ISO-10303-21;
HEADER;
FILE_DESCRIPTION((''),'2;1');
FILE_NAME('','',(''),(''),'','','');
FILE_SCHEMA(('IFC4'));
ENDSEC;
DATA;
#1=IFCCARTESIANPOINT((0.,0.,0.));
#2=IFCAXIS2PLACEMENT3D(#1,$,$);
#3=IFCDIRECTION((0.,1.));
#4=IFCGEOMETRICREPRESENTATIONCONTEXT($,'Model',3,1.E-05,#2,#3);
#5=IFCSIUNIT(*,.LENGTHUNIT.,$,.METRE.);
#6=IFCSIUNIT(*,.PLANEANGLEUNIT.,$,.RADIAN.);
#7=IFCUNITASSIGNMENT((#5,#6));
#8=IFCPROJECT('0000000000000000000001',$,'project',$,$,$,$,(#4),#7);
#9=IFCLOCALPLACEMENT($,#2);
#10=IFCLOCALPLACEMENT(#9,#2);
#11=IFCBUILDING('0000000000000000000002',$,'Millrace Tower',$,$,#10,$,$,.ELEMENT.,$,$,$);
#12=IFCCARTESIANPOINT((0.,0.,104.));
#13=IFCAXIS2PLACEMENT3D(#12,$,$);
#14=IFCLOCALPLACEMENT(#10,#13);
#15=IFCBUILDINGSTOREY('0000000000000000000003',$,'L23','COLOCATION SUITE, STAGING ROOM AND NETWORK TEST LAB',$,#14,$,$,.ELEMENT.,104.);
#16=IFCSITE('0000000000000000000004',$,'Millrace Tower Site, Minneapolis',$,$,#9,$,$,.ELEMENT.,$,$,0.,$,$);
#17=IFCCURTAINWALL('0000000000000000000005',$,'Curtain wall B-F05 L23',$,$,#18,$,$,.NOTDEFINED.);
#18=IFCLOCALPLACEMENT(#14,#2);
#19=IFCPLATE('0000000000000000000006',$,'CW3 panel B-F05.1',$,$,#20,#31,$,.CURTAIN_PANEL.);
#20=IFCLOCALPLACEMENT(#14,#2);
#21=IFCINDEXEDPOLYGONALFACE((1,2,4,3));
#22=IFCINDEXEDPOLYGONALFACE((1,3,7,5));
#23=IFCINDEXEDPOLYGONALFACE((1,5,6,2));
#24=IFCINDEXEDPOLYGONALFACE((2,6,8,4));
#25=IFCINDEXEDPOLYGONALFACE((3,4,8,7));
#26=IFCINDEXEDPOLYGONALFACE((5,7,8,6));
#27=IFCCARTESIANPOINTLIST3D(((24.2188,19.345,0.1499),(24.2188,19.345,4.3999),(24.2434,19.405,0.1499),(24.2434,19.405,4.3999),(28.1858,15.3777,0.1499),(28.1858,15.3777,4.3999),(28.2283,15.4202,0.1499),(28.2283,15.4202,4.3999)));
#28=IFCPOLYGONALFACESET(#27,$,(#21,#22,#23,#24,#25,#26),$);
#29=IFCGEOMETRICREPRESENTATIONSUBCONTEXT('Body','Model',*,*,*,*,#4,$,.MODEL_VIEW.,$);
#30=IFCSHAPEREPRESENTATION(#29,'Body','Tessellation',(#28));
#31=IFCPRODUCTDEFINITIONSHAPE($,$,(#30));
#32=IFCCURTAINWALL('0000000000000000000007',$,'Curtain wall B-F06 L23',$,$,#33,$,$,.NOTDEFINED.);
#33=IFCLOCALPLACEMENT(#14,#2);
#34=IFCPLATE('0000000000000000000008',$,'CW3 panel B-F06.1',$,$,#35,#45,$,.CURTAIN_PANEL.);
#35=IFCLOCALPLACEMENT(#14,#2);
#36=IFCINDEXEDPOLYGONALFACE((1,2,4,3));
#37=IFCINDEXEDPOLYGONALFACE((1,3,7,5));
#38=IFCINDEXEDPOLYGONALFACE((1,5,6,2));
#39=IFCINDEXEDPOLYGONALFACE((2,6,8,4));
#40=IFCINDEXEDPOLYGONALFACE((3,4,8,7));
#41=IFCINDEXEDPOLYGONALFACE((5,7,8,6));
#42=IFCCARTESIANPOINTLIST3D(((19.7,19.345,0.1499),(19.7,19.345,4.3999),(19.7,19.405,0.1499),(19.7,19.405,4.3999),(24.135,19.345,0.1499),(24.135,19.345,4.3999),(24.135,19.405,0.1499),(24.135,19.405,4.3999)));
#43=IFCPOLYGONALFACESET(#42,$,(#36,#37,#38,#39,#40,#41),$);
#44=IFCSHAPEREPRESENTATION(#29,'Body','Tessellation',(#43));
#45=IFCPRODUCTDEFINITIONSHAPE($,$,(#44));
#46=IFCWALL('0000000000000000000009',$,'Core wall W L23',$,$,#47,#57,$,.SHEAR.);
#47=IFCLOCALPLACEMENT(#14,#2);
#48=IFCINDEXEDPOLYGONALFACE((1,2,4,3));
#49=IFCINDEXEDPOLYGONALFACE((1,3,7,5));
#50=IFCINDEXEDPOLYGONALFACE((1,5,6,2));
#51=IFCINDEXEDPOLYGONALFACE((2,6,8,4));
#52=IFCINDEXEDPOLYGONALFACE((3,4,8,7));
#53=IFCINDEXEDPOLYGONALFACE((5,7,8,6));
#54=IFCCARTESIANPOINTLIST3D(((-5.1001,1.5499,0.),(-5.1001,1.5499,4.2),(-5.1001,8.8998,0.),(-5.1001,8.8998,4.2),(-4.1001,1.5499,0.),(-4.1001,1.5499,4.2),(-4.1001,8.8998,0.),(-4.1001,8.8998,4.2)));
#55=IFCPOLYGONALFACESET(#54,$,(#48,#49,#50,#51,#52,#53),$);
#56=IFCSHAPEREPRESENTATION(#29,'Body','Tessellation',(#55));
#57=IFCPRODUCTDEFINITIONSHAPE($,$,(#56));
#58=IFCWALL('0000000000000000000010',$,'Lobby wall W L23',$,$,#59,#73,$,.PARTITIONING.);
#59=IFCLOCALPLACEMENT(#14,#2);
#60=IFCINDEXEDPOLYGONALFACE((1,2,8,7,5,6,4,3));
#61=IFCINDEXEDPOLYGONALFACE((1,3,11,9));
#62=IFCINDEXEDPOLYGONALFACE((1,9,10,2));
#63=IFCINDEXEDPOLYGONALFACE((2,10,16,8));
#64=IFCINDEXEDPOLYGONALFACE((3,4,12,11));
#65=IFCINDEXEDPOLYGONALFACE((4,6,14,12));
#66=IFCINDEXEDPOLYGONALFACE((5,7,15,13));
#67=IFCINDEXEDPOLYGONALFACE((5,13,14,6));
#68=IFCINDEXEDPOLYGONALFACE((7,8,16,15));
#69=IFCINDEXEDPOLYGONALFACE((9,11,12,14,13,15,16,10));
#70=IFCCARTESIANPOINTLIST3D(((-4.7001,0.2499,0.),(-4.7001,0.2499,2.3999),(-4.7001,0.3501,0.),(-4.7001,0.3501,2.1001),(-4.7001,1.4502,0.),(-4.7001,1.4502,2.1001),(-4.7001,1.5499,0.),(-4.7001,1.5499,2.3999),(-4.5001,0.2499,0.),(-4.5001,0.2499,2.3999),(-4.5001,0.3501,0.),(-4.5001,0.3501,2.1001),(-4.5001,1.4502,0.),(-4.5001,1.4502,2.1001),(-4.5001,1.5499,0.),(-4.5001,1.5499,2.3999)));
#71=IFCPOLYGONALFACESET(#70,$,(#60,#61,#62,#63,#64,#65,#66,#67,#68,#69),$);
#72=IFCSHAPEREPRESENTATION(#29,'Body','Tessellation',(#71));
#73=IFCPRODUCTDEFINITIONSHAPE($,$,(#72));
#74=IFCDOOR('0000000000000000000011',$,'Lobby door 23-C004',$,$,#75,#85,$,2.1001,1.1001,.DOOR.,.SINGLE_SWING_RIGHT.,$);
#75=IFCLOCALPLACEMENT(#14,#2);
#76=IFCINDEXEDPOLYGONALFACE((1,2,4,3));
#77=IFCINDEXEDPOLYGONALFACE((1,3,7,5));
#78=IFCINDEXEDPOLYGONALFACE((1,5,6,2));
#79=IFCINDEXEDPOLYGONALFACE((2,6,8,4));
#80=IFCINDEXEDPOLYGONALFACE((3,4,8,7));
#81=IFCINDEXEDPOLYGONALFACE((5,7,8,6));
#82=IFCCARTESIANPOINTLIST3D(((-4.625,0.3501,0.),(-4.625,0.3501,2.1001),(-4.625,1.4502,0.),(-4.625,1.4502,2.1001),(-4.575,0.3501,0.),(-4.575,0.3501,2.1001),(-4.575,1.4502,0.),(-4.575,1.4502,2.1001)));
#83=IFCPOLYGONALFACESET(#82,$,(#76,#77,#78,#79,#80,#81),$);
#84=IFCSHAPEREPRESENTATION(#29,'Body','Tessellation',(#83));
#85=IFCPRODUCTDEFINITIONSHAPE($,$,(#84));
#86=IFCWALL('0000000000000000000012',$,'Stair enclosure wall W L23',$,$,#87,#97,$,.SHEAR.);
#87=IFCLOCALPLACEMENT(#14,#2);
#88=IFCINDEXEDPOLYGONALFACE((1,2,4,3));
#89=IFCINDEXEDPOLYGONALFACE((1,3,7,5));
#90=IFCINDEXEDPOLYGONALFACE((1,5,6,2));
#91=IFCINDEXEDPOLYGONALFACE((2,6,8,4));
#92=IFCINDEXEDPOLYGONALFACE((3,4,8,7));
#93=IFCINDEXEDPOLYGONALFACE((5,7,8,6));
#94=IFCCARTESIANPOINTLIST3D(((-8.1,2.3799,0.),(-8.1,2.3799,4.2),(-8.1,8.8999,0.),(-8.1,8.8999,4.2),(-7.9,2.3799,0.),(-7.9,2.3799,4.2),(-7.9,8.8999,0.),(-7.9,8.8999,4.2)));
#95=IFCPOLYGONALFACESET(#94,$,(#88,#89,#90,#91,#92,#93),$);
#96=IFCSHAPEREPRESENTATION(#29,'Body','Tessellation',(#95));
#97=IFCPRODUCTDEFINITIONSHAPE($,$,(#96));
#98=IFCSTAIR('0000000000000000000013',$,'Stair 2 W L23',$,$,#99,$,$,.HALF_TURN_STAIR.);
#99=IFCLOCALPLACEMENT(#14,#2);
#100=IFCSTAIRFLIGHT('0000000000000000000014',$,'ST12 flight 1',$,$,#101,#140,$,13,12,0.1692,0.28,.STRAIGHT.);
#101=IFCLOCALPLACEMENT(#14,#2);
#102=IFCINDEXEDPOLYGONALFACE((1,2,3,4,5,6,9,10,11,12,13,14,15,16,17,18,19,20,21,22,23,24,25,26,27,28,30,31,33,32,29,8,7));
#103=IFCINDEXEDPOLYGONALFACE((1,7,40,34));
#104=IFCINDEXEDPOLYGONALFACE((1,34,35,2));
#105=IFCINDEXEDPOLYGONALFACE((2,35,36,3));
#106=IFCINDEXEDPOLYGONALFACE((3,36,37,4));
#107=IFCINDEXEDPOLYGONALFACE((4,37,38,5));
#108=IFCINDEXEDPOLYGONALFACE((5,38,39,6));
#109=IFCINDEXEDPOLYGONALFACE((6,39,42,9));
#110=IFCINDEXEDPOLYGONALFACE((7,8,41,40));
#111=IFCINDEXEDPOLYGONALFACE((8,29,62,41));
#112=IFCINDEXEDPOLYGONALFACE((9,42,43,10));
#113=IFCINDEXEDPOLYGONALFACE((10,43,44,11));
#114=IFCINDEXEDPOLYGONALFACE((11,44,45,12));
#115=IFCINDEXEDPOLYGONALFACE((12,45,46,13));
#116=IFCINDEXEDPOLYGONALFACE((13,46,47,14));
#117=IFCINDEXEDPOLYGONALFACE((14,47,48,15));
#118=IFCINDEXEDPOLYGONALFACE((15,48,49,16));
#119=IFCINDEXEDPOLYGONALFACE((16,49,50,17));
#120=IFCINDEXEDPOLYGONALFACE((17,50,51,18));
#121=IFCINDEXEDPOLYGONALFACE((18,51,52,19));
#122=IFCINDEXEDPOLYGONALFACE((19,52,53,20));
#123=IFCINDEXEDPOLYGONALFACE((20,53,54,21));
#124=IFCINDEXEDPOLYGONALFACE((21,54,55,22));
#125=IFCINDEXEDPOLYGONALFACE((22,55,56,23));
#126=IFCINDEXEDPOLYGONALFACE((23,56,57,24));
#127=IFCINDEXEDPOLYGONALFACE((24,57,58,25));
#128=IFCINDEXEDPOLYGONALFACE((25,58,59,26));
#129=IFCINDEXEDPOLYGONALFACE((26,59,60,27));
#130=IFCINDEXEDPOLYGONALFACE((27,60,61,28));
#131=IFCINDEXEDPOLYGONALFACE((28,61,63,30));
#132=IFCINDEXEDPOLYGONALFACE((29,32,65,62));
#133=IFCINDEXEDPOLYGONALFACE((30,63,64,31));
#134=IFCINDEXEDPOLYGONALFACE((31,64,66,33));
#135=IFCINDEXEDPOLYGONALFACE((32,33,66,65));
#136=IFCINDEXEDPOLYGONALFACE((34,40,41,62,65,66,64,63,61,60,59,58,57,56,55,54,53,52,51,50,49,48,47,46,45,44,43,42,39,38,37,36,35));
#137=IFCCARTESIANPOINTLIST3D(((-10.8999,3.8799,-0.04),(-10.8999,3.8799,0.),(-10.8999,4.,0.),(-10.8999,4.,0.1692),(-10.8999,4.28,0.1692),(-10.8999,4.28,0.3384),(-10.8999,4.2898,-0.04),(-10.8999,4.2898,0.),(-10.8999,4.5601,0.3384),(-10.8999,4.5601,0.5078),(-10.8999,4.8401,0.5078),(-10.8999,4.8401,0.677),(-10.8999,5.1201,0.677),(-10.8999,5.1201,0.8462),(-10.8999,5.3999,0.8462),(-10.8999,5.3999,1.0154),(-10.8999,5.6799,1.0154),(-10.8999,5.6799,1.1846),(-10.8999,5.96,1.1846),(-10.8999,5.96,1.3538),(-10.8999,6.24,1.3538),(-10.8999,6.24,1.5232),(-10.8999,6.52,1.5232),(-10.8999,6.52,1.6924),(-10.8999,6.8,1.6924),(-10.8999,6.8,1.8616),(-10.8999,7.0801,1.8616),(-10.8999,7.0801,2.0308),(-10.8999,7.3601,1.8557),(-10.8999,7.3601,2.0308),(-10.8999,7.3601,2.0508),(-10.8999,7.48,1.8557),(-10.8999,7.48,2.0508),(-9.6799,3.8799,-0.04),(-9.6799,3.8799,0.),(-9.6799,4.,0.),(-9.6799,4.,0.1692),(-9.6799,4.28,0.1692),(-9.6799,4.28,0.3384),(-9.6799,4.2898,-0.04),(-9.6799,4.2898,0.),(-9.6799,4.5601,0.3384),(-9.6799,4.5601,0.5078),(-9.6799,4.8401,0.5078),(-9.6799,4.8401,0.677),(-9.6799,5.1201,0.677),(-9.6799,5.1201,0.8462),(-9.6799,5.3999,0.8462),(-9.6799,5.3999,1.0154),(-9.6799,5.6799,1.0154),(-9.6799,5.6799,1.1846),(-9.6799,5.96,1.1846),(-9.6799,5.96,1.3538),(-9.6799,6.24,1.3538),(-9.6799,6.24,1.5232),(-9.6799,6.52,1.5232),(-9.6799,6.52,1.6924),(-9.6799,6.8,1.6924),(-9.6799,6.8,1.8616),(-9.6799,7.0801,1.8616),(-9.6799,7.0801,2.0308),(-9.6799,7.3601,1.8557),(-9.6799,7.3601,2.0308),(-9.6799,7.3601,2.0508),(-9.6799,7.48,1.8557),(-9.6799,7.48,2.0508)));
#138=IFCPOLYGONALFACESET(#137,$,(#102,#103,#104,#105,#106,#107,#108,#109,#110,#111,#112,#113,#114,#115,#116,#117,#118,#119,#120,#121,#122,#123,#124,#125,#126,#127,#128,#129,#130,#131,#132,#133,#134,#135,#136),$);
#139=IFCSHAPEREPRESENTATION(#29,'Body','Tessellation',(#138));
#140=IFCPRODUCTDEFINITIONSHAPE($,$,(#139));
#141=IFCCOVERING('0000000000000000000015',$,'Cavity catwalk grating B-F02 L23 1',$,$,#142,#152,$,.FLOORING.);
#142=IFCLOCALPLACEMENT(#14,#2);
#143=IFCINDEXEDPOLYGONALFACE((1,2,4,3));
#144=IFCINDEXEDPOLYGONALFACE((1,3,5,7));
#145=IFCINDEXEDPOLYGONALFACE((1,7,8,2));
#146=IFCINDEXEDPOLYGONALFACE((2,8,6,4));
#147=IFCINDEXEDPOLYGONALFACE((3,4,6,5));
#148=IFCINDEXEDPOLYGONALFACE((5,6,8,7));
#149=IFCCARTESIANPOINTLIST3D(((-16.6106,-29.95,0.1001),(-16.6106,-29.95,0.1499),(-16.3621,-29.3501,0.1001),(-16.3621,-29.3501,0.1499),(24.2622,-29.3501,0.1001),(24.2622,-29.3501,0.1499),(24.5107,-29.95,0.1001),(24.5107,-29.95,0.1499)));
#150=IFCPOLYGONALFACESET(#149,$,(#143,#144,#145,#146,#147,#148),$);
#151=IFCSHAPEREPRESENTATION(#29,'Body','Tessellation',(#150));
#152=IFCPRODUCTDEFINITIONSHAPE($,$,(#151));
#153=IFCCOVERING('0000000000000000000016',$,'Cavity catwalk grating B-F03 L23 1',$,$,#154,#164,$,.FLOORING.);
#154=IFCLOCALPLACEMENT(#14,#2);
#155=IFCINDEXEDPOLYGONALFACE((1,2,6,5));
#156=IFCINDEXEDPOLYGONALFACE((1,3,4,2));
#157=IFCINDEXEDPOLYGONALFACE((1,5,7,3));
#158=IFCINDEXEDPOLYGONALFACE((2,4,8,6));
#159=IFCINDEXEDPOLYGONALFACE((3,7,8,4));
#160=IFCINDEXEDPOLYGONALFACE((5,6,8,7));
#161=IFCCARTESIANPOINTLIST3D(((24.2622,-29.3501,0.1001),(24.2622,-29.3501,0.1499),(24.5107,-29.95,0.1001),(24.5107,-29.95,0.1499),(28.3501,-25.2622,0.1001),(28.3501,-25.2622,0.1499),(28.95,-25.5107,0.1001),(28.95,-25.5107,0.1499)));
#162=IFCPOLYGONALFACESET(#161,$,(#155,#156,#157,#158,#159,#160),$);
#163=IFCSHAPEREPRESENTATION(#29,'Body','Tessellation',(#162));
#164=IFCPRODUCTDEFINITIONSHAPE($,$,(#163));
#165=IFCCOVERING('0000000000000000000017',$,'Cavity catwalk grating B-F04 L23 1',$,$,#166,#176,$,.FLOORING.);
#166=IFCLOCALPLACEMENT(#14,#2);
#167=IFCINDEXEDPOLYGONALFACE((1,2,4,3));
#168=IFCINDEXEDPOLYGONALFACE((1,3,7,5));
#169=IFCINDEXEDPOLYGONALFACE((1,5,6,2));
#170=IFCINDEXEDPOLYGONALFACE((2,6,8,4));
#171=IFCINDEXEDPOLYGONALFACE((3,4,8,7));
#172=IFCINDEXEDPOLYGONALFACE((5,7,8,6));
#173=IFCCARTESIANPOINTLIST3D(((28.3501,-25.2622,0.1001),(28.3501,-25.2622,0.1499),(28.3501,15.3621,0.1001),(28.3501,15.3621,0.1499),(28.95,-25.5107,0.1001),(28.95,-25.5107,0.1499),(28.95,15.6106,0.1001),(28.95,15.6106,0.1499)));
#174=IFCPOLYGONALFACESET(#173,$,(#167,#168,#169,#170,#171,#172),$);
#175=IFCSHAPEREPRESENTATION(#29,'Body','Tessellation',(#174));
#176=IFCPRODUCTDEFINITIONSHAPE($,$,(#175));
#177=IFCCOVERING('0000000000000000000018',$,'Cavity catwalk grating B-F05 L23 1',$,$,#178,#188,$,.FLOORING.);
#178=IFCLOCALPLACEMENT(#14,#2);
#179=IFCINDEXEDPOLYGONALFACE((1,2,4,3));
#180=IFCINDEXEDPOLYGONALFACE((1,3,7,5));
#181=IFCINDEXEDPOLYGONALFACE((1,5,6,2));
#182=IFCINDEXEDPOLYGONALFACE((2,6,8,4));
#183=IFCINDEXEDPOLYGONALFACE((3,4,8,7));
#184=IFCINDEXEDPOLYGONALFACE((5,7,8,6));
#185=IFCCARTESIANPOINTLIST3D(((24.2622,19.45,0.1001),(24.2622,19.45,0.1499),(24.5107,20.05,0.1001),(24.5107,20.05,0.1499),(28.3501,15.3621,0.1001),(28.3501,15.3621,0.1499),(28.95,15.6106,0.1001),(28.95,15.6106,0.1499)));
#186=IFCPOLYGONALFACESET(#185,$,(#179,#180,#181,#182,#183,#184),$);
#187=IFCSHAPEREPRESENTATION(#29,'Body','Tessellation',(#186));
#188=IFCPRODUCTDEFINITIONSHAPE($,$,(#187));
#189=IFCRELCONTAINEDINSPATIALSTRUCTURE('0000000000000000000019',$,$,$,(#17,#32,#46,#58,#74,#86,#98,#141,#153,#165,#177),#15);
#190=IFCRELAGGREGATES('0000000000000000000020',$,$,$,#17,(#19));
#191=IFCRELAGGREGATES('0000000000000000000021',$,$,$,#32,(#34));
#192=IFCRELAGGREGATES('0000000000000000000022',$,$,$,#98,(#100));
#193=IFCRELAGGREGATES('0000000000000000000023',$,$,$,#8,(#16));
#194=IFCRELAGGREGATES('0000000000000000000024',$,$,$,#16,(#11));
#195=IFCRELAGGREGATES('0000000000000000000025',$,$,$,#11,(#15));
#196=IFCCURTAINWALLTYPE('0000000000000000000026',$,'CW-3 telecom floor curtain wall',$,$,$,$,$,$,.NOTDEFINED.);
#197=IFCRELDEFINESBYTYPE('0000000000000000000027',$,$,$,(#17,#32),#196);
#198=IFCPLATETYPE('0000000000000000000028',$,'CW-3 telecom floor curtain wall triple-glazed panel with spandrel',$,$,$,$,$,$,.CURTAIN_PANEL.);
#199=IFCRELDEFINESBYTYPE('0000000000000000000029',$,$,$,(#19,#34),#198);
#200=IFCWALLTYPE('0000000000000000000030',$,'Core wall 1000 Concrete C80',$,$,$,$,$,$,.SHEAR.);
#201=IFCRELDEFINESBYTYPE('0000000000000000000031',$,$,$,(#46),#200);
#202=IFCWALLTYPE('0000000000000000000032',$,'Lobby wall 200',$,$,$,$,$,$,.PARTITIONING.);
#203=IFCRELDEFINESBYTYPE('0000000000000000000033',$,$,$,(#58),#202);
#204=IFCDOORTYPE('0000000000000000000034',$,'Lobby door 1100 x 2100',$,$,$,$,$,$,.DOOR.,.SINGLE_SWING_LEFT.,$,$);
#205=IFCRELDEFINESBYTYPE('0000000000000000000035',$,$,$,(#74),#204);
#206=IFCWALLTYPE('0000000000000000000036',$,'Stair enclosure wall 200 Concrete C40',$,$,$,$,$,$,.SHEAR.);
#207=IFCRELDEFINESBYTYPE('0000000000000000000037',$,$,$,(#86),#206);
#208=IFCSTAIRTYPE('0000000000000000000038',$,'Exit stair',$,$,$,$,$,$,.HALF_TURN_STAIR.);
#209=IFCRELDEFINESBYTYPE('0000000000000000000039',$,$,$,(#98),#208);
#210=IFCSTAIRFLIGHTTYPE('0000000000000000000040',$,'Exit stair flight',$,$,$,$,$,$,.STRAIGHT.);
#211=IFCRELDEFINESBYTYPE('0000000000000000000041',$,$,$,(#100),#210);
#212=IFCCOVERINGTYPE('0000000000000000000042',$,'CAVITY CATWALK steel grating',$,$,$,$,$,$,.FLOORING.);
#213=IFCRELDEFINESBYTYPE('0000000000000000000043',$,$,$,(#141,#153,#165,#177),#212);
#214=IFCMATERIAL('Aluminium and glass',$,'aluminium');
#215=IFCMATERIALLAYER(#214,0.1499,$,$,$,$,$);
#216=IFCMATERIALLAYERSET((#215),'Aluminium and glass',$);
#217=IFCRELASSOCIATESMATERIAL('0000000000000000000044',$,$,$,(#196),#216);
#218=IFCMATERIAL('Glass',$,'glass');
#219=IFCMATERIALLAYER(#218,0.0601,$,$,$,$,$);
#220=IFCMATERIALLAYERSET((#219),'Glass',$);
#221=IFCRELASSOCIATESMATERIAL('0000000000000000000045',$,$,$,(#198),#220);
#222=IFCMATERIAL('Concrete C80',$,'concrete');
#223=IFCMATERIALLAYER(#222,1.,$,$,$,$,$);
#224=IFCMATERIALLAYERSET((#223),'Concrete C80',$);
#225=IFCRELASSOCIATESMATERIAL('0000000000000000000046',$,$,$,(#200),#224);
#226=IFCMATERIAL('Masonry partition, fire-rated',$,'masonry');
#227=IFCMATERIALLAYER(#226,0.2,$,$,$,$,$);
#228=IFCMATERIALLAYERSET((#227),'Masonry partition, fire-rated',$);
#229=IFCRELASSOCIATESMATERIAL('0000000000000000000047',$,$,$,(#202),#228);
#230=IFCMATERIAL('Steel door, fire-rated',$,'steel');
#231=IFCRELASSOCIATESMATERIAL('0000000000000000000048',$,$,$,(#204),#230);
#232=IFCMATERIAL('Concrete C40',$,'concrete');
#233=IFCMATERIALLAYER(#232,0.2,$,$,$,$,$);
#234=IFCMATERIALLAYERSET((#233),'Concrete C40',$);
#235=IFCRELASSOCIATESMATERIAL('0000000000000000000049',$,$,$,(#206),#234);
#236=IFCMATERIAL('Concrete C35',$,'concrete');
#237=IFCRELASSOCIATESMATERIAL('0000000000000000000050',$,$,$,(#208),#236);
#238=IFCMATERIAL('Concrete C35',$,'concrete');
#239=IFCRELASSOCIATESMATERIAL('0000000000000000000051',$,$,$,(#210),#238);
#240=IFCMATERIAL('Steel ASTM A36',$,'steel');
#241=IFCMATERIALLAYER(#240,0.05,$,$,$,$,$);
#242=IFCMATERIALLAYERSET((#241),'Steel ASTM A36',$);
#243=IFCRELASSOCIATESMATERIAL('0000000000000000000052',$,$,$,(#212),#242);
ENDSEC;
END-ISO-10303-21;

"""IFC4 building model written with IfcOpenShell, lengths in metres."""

from ifc_helpers import new_model, si_unit, direction, frame, frame_2d, origin, place, context, subcontext, project, spatial, polyline, rectangle, outline, extrude, material, layer, layer_set, type_object, element, fill, aggregate, save


model = new_model("IFC4")

# Units and contexts
model_context = context("Model", 3, precision=1e-05, world=origin(), true_north=direction((0.0, 1.0)))
body_context = subcontext(model_context, "Body", "Model", "MODEL_VIEW")
ifc_project = project(units=[si_unit("LENGTHUNIT", "METRE"), si_unit("PLANEANGLEUNIT", "RADIAN")], contexts=[model_context])

# Site, building, storey
site_placement = place(None, origin())
site = spatial("IfcSite", under=ifc_project, at=site_placement, Name="Millrace Tower Site, Minneapolis", CompositionType="ELEMENT", RefElevation=0.0)
building_placement = place(site_placement, origin())
building = spatial("IfcBuilding", under=site, at=building_placement, Name="Millrace Tower", CompositionType="ELEMENT")
storey_placement = place(building_placement, frame((0.0, 0.0, 104.0)))
storey = spatial("IfcBuildingStorey", under=building, at=storey_placement, Name="L23", Description="COLOCATION SUITE, STAGING ROOM AND NETWORK TEST LAB", CompositionType="ELEMENT", Elevation=104.0)

# Shared definitions
ifc_material_1 = material(Name="Aluminium and glass", Category="aluminium")
ifc_layer_1 = layer(ifc_material_1, 0.1499)
ifc_layer_set_1 = layer_set([ifc_layer_1], Name="Aluminium and glass")
curtain_wall_type = type_object("IfcCurtainWallType", Name="CW-3 telecom floor curtain wall", PredefinedType="NOTDEFINED", material=ifc_layer_set_1)
placement_1 = place(storey_placement, origin())
ifc_material_2 = material(Name="Glass", Category="glass")
ifc_layer_2 = layer(ifc_material_2, 0.0601)
ifc_layer_set_2 = layer_set([ifc_layer_2], Name="Glass")
plate_type = type_object("IfcPlateType", Name="CW-3 telecom floor curtain wall triple-glazed panel with spandrel", PredefinedType="CURTAIN_PANEL", material=ifc_layer_set_2)
placement_2 = place(storey_placement, frame((0.0, 0.0, 0.1499)))

# Curtain walls, plates
curtain_wall_1 = element("IfcCurtainWall", 1, at=placement_1, inside=storey, type_object=curtain_wall_type, Name="Curtain wall B-F05 L23", PredefinedType="NOTDEFINED")
plate_1 = element("IfcPlate", 2, at=placement_2, type_object=plate_type, Name="CW3 panel B-F05.1", PredefinedType="CURTAIN_PANEL", context=body_context, shape_type="SweptSolid", body=[
    extrude(outline(polyline([(28.2283, 15.4202), (24.2434, 19.405), (24.2188, 19.345), (28.1858, 15.3777), (28.2283, 15.4202)])), origin(), (0.0, 0.0, 1.0), 4.25),
])
aggregate(curtain_wall_1, [plate_1])
curtain_wall_2 = element("IfcCurtainWall", 3, at=placement_1, inside=storey, type_object=curtain_wall_type, Name="Curtain wall B-F06 L23", PredefinedType="NOTDEFINED")
plate_2 = element("IfcPlate", 4, at=placement_2, type_object=plate_type, Name="CW3 panel B-F06.1", PredefinedType="CURTAIN_PANEL", context=body_context, shape_type="SweptSolid", body=[
    extrude(outline(polyline([(24.135, 19.405), (19.7, 19.405), (19.7, 19.345), (24.135, 19.345), (24.135, 19.405)])), origin(), (0.0, 0.0, 1.0), 4.25),
])
aggregate(curtain_wall_2, [plate_2])

# Wall
ifc_material_3 = material(Name="Concrete C80", Category="concrete")
ifc_layer_3 = layer(ifc_material_3, 1.0)
ifc_layer_set_3 = layer_set([ifc_layer_3], Name="Concrete C80")
wall_type_1 = type_object("IfcWallType", Name="Core wall 1000 Concrete C80", PredefinedType="SHEAR", material=ifc_layer_set_3)
wall_1_placement = place(storey_placement, frame((-4.6001, 1.55, 0.0), z_axis=(0.0, 0.0, 1.0), x_axis=(0.0, 1.0, 0.0)))
element("IfcWall", 5, at=wall_1_placement, inside=storey, type_object=wall_type_1, Name="Core wall W L23", PredefinedType="SHEAR", context=body_context, shape_type="SweptSolid", body=[
    extrude(rectangle(XDim=7.3499, YDim=1.0, at=frame_2d((3.6748, 0.0))), origin(), (0.0, 0.0, 1.0), 4.2),
])

# Wall, opening, door
ifc_material_4 = material(Name="Masonry partition, fire-rated", Category="masonry")
ifc_layer_4 = layer(ifc_material_4, 0.2)
ifc_layer_set_4 = layer_set([ifc_layer_4], Name="Masonry partition, fire-rated")
wall_type_2 = type_object("IfcWallType", Name="Lobby wall 200", PredefinedType="PARTITIONING", material=ifc_layer_set_4)
wall_2_placement = place(storey_placement, frame((-4.6001, 0.25, 0.0), z_axis=(0.0, 0.0, 1.0), x_axis=(0.0, 1.0, 0.0)))
wall_2 = element("IfcWall", 6, at=wall_2_placement, inside=storey, type_object=wall_type_2, Name="Lobby wall W L23", PredefinedType="PARTITIONING", context=body_context, shape_type="SweptSolid", body=[
    extrude(rectangle(XDim=1.3, YDim=0.2, at=frame_2d((0.6499, 0.0))), origin(), (0.0, 0.0, 1.0), 2.3999),
])
opening_placement = place(wall_2_placement, frame((0.1001, 0.0, 0.0)))
opening = element("IfcOpeningElement", 7, at=opening_placement, cuts=wall_2, PredefinedType="OPENING", context=body_context, shape_type="SweptSolid", body=[
    extrude(rectangle(XDim=1.1001, YDim=2.1001, at=frame_2d((0.55, 1.05))), frame((0.0, 0.1099, 0.0), z_axis=(0.0, -1.0, 0.0), x_axis=(1.0, 0.0, 0.0)), (0.0, 0.0, 1.0), 0.22),
])
ifc_material_5 = material(Name="Steel door, fire-rated", Category="steel")
door_type = type_object("IfcDoorType", Name="Lobby door 1100 x 2100", OperationType="SINGLE_SWING_LEFT", PredefinedType="DOOR", material=ifc_material_5)
door_placement = place(opening_placement, origin())
door = element("IfcDoor", 8, at=door_placement, inside=storey, type_object=door_type, Name="Lobby door 23-C004", OperationType="SINGLE_SWING_RIGHT", OverallHeight=2.1001, OverallWidth=1.1001, PredefinedType="DOOR", context=body_context, shape_type="SweptSolid", body=[
    extrude(rectangle(XDim=1.1001, YDim=2.1001, at=frame_2d((0.55, 1.05))), frame((0.0, 0.0249, 0.0), z_axis=(0.0, -1.0, 0.0), x_axis=(1.0, 0.0, 0.0)), (0.0, 0.0, 1.0), 0.05),
])
fill(opening, door)

# Wall
ifc_material_6 = material(Name="Concrete C40", Category="concrete")
ifc_layer_5 = layer(ifc_material_6, 0.2)
ifc_layer_set_5 = layer_set([ifc_layer_5], Name="Concrete C40")
wall_type_3 = type_object("IfcWallType", Name="Stair enclosure wall 200 Concrete C40", PredefinedType="SHEAR", material=ifc_layer_set_5)
wall_3_placement = place(storey_placement, frame((-8.0, 2.3799, 0.0), z_axis=(0.0, 0.0, 1.0), x_axis=(0.0, 1.0, 0.0)))
element("IfcWall", 9, at=wall_3_placement, inside=storey, type_object=wall_type_3, Name="Stair enclosure wall W L23", PredefinedType="SHEAR", context=body_context, shape_type="SweptSolid", body=[
    extrude(rectangle(XDim=6.52, YDim=0.2, at=frame_2d((3.26, 0.0))), origin(), (0.0, 0.0, 1.0), 4.2),
])

# Stair, stair flight
ifc_material_7 = material(Name="Concrete C35", Category="concrete")
stair_type = type_object("IfcStairType", Name="Exit stair", PredefinedType="HALF_TURN_STAIR", material=ifc_material_7)
stair = element("IfcStair", 10, at=placement_1, inside=storey, type_object=stair_type, Name="Stair 2 W L23", PredefinedType="HALF_TURN_STAIR")
ifc_material_8 = material(Name="Concrete C35", Category="concrete")
stair_flight_type = type_object("IfcStairFlightType", Name="Exit stair flight", PredefinedType="STRAIGHT", material=ifc_material_8)
stair_flight_placement = place(storey_placement, frame((-10.29, 4.0, 0.0), z_axis=(0.0, 0.0, 1.0), x_axis=(0.0, 1.0, 0.0)))
stair_flight = element("IfcStairFlight", 11, at=stair_flight_placement, type_object=stair_flight_type, Name="ST12 flight 1", NumberOfRisers=13, NumberOfTreads=12, PredefinedType="STRAIGHT", RiserHeight=0.1692, TreadLength=0.28, context=body_context, shape_type="SweptSolid", body=[
    extrude(outline(polyline([(-0.1201, -0.04), (-0.1201, 0.0), (0.0, 0.0), (0.0, 0.1692), (0.28, 0.1692), (0.28, 0.3384), (0.5601, 0.3384), (0.5601, 0.5078), (0.8401, 0.5078), (0.8401, 0.677), (1.1201, 0.677), (1.1201, 0.8462), (1.3999, 0.8462), (1.3999, 1.0154), (1.6799, 1.0154), (1.6799, 1.1846), (1.96, 1.1846), (1.96, 1.3538), (2.24, 1.3538), (2.24, 1.5232), (2.52, 1.5232), (2.52, 1.6924), (2.8, 1.6924), (2.8, 1.8616), (3.0801, 1.8616), (3.0801, 2.0308), (3.3601, 2.0308), (3.3601, 2.0508), (3.48, 2.0508), (3.48, 1.8557), (3.3601, 1.8557), (0.2898, 0.0), (0.2898, -0.04), (-0.1201, -0.04)])), frame((0.0, 0.6099, 0.0), z_axis=(0.0, -1.0, 0.0), x_axis=(1.0, 0.0, 0.0)), (0.0, 0.0, 1.0), 1.22),
])
aggregate(stair, [stair_flight])

# Coverings
ifc_material_9 = material(Name="Steel ASTM A36", Category="steel")
ifc_layer_6 = layer(ifc_material_9, 0.05)
ifc_layer_set_6 = layer_set([ifc_layer_6], Name="Steel ASTM A36")
covering_type = type_object("IfcCoveringType", Name="CAVITY CATWALK steel grating", PredefinedType="FLOORING", material=ifc_layer_set_6)
placement_3 = place(storey_placement, frame((0.0, 0.0, 0.1001)))
element("IfcCovering", 12, at=placement_3, inside=storey, type_object=covering_type, Name="Cavity catwalk grating B-F02 L23 1", PredefinedType="FLOORING", context=body_context, shape_type="SweptSolid", body=[
    extrude(outline(polyline([(-16.6106, -29.95), (24.5107, -29.95), (24.2622, -29.3501), (-16.3621, -29.3501), (-16.6106, -29.95)])), origin(), (0.0, 0.0, 1.0), 0.0498),
])
element("IfcCovering", 13, at=placement_3, inside=storey, type_object=covering_type, Name="Cavity catwalk grating B-F03 L23 1", PredefinedType="FLOORING", context=body_context, shape_type="SweptSolid", body=[
    extrude(outline(polyline([(24.5107, -29.95), (28.95, -25.5107), (28.3501, -25.2622), (24.2622, -29.3501), (24.5107, -29.95)])), origin(), (0.0, 0.0, 1.0), 0.0498),
])
element("IfcCovering", 14, at=placement_3, inside=storey, type_object=covering_type, Name="Cavity catwalk grating B-F04 L23 1", PredefinedType="FLOORING", context=body_context, shape_type="SweptSolid", body=[
    extrude(outline(polyline([(28.95, -25.5107), (28.95, 15.6106), (28.3501, 15.3621), (28.3501, -25.2622), (28.95, -25.5107)])), origin(), (0.0, 0.0, 1.0), 0.0498),
])
element("IfcCovering", 15, at=placement_3, inside=storey, type_object=covering_type, Name="Cavity catwalk grating B-F05 L23 1", PredefinedType="FLOORING", context=body_context, shape_type="SweptSolid", body=[
    extrude(outline(polyline([(28.95, 15.6106), (24.5107, 20.05), (24.2622, 19.45), (28.3501, 15.3621), (28.95, 15.6106)])), origin(), (0.0, 0.0, 1.0), 0.0498),
])

save(model, "model.ifc")
